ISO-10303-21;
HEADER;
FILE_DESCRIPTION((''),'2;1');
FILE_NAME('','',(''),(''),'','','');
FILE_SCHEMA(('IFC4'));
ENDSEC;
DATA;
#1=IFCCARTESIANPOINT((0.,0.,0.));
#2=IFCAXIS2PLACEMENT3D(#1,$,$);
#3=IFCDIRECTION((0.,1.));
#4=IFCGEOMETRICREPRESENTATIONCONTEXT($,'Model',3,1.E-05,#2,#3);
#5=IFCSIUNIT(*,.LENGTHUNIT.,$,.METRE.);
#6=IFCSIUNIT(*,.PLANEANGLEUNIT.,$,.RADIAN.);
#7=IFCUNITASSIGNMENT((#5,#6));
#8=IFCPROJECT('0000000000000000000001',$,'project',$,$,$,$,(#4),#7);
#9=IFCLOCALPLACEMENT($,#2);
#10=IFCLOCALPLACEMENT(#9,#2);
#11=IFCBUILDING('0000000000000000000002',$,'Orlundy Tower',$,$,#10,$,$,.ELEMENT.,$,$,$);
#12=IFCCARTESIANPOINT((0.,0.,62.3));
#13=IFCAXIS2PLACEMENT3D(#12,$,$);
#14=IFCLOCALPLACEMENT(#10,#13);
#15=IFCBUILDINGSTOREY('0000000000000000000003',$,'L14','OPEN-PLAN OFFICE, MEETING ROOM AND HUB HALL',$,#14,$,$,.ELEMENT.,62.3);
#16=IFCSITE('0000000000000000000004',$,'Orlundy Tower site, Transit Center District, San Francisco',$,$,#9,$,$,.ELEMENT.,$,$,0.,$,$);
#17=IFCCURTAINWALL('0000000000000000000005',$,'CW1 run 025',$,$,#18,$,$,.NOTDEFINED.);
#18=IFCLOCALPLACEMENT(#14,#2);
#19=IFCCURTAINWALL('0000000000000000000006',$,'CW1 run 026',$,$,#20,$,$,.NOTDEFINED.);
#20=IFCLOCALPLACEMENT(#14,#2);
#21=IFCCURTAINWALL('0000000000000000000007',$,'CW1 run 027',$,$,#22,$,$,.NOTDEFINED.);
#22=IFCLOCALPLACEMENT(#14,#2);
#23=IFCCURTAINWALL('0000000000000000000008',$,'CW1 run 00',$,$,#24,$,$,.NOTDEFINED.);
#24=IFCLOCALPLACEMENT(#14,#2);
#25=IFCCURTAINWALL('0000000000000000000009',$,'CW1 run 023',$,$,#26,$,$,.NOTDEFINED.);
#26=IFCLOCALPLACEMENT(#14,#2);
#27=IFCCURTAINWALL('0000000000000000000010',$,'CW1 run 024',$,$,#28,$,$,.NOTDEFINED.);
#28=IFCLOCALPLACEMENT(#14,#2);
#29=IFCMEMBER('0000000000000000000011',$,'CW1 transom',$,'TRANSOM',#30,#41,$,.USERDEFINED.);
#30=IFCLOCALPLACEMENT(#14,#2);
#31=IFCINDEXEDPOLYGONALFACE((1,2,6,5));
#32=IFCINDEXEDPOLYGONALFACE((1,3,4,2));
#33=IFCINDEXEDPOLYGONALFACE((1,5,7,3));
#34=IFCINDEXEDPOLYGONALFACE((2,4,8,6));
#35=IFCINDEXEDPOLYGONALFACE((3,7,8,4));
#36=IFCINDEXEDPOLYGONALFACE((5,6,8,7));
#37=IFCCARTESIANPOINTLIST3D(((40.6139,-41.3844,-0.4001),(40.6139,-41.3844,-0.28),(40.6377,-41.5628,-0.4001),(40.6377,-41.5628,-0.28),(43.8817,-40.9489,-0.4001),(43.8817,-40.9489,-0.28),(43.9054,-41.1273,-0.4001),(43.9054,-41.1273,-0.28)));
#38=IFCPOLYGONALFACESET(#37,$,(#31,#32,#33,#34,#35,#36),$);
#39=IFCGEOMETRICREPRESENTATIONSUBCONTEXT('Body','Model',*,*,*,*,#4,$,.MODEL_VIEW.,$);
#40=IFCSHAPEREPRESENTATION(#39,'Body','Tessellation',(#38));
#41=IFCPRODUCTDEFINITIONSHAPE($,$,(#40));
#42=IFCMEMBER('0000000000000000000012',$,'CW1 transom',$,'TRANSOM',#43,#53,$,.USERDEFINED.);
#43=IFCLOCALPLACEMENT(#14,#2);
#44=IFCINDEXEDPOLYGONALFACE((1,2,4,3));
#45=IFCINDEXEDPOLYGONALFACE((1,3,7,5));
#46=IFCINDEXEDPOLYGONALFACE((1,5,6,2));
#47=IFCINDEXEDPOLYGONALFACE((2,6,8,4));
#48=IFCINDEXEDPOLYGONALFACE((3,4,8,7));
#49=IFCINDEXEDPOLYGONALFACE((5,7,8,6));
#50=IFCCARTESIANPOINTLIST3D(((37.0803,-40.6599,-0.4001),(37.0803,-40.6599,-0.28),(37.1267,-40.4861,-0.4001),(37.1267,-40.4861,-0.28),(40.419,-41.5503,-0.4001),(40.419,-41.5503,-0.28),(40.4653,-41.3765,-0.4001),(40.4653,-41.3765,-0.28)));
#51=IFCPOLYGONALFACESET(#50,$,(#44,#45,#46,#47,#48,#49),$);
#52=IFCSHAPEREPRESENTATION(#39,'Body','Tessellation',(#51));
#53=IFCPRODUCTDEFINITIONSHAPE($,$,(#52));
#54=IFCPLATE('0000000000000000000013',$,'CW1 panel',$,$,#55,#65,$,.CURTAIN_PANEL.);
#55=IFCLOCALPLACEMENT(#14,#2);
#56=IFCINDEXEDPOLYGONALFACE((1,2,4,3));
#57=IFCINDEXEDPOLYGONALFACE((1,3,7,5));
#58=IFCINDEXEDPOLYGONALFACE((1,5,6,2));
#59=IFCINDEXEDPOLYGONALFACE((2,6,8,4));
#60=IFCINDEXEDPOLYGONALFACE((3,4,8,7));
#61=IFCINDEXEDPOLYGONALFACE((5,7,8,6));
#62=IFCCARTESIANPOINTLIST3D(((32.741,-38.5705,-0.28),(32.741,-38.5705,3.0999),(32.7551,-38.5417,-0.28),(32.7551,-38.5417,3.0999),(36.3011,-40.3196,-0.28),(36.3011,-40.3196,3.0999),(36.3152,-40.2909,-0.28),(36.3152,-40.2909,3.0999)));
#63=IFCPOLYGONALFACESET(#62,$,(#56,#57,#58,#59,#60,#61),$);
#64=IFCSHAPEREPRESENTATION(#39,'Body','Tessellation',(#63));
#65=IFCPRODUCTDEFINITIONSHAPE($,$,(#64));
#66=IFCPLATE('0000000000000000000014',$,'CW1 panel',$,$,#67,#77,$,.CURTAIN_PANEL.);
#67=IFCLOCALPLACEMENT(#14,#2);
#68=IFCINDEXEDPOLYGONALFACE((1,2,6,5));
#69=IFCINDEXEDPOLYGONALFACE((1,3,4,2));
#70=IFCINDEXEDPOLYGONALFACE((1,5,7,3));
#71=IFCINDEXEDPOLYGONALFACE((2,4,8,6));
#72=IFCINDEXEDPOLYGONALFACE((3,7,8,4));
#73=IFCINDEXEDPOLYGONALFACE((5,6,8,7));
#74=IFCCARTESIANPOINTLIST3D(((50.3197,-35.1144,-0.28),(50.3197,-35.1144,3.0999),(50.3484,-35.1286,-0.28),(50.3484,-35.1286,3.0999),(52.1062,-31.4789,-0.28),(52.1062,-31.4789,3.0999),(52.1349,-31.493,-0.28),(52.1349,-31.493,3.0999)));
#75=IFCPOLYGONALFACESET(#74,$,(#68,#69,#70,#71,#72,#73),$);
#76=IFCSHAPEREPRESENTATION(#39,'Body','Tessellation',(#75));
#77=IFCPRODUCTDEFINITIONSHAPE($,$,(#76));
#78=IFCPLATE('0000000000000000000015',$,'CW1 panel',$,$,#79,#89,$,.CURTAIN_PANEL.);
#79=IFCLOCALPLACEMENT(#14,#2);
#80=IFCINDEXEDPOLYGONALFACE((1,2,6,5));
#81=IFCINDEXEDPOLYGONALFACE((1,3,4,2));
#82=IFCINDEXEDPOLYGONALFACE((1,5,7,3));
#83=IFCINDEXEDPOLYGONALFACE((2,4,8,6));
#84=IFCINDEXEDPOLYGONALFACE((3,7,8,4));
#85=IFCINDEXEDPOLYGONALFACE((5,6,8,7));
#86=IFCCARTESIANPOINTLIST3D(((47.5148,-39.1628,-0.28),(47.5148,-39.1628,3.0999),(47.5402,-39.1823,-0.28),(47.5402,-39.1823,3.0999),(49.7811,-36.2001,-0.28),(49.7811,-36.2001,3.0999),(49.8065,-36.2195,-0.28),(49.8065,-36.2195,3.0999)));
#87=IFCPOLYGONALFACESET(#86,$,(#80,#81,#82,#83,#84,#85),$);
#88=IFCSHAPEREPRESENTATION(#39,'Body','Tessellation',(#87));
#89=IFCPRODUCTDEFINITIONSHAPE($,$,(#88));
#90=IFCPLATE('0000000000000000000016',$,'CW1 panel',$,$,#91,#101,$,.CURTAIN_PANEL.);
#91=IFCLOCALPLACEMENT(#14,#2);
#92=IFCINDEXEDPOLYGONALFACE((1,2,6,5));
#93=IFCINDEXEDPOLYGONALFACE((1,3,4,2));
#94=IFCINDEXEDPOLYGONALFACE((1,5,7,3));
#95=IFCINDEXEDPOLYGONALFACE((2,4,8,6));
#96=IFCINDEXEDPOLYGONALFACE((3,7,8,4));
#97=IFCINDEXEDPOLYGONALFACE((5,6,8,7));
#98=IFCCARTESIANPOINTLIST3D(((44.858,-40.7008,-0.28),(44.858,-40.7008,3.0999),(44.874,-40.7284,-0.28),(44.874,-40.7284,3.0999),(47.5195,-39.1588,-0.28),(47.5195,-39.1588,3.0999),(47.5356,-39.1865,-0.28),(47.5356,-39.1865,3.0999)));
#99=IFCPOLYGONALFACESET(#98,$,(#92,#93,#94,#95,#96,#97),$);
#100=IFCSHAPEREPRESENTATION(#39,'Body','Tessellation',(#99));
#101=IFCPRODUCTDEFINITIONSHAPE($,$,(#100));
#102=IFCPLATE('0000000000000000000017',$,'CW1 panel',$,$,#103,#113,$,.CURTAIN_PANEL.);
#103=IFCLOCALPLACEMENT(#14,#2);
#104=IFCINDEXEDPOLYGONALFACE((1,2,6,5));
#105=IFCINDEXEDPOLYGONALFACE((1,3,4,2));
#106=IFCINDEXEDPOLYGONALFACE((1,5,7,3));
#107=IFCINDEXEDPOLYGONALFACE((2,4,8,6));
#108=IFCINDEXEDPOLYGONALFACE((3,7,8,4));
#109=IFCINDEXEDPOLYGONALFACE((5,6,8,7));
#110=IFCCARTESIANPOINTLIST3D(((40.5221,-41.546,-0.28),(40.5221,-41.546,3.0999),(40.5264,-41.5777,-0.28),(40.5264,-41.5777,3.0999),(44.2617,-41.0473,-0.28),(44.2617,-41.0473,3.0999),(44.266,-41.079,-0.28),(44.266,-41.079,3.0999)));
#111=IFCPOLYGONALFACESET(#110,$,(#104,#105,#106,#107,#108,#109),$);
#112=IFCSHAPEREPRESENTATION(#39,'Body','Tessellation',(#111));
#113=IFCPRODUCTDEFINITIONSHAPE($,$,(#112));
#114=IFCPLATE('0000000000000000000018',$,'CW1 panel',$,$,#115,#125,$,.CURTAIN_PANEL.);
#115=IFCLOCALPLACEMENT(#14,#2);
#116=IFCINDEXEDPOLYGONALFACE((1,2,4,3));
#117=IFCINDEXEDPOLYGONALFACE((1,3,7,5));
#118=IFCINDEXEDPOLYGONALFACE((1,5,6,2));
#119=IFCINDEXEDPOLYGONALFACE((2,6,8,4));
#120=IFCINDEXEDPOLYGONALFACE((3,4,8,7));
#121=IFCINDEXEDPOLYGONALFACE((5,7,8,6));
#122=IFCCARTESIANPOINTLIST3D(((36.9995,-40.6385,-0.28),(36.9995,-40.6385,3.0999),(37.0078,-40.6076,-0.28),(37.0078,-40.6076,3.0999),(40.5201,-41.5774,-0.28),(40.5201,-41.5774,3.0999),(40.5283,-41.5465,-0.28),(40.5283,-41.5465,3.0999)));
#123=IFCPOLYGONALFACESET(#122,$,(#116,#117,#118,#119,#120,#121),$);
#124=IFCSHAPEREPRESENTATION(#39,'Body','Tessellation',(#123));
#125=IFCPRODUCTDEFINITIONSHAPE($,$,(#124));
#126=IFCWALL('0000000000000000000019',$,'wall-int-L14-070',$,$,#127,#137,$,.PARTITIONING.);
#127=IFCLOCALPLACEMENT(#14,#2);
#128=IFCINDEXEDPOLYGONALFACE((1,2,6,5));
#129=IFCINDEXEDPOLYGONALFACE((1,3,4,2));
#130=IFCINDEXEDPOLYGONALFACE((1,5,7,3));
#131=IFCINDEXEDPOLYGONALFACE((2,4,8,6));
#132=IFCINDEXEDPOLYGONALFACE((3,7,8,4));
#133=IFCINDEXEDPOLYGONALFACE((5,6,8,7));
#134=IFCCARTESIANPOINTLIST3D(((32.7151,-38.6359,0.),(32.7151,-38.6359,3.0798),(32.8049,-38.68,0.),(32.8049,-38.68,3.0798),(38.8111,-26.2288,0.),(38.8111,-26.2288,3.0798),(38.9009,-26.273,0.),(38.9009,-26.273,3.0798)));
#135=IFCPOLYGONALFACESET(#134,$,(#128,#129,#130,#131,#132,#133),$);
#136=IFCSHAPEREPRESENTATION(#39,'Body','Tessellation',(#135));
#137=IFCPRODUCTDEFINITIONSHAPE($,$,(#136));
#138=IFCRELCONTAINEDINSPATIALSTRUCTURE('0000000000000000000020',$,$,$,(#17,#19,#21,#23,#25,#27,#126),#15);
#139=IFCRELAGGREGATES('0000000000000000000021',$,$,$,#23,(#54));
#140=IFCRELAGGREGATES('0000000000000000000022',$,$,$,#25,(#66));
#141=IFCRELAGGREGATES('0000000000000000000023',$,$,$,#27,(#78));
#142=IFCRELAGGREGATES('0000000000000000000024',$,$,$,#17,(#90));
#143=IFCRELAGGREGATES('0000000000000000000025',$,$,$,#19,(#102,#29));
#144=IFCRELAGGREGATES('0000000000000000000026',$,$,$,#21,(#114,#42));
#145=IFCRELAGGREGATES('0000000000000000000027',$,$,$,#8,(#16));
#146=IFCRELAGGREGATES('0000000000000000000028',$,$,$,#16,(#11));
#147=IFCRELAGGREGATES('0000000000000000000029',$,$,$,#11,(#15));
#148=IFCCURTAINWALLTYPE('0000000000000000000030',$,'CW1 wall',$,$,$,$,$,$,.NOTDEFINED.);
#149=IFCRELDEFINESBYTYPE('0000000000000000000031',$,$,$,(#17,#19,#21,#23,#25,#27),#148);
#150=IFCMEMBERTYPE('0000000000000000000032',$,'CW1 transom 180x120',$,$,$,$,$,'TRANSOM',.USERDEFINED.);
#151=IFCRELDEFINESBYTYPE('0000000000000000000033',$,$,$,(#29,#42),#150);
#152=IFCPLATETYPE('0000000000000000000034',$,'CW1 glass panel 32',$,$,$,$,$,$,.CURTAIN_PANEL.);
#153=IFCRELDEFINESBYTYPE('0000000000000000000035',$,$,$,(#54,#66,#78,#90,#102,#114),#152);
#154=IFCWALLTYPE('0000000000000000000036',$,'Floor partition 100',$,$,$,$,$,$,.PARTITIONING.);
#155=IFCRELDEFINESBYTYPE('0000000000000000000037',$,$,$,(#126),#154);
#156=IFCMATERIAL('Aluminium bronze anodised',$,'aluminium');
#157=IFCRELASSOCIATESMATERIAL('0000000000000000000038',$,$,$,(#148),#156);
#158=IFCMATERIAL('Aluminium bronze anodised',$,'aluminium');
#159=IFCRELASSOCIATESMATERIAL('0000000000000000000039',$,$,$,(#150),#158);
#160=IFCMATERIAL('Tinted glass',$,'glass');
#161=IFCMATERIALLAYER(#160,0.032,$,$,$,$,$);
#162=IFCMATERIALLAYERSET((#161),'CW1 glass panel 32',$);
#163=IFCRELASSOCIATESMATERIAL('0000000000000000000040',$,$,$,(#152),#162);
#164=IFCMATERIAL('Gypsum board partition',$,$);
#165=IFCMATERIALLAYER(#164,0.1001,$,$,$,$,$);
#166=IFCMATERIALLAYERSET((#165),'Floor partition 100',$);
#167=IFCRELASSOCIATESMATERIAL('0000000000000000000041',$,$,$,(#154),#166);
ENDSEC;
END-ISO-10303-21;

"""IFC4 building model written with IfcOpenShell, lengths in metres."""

from ifc_helpers import new_model, si_unit, direction, frame, frame_2d, origin, origin_2d, place, context, subcontext, project, spatial, rectangle, extrude, material, layer, layer_set, material_profile, profile_set, type_object, element, aggregate, save


model = new_model("IFC4")

# Units and contexts
model_context = context("Model", 3, precision=1e-05, world=origin(), true_north=direction((0.0, 1.0)))
body_context = subcontext(model_context, "Body", "Model", "MODEL_VIEW")
ifc_project = project(units=[si_unit("LENGTHUNIT", "METRE"), si_unit("PLANEANGLEUNIT", "RADIAN")], contexts=[model_context])

# Site, building, storey
site_placement = place(None, origin())
site = spatial("IfcSite", under=ifc_project, at=site_placement, Name="Orlundy Tower site, Transit Center District, San Francisco", CompositionType="ELEMENT", RefElevation=0.0)
building_placement = place(site_placement, origin())
building = spatial("IfcBuilding", under=site, at=building_placement, Name="Orlundy Tower", CompositionType="ELEMENT")
storey_placement = place(building_placement, frame((0.0, 0.0, 62.3)))
storey = spatial("IfcBuildingStorey", under=building, at=storey_placement, Name="L14", Description="OPEN-PLAN OFFICE, MEETING ROOM AND HUB HALL", CompositionType="ELEMENT", Elevation=62.3)

# Curtain walls
ifc_material_1 = material(Name="Aluminium bronze anodised", Category="aluminium")
curtain_wall_type = type_object("IfcCurtainWallType", Name="CW1 wall", PredefinedType="NOTDEFINED", material=ifc_material_1)
curtain_wall_1_placement = place(storey_placement, origin())
curtain_wall_1 = element("IfcCurtainWall", 1, at=curtain_wall_1_placement, inside=storey, type_object=curtain_wall_type, Name="CW1 run 025", PredefinedType="NOTDEFINED")
curtain_wall_2_placement = place(storey_placement, origin())
curtain_wall_2 = element("IfcCurtainWall", 2, at=curtain_wall_2_placement, inside=storey, type_object=curtain_wall_type, Name="CW1 run 026", PredefinedType="NOTDEFINED")
curtain_wall_3_placement = place(storey_placement, origin())
curtain_wall_3 = element("IfcCurtainWall", 3, at=curtain_wall_3_placement, inside=storey, type_object=curtain_wall_type, Name="CW1 run 027", PredefinedType="NOTDEFINED")

# Curtain wall
curtain_wall_4_placement = place(storey_placement, origin())
curtain_wall_4 = element("IfcCurtainWall", 4, at=curtain_wall_4_placement, inside=storey, type_object=curtain_wall_type, Name="CW1 run 00", PredefinedType="NOTDEFINED")

# Curtain walls
curtain_wall_5_placement = place(storey_placement, origin())
curtain_wall_5 = element("IfcCurtainWall", 5, at=curtain_wall_5_placement, inside=storey, type_object=curtain_wall_type, Name="CW1 run 023", PredefinedType="NOTDEFINED")
curtain_wall_6_placement = place(storey_placement, origin())
curtain_wall_6 = element("IfcCurtainWall", 6, at=curtain_wall_6_placement, inside=storey, type_object=curtain_wall_type, Name="CW1 run 024", PredefinedType="NOTDEFINED")

# Members
ifc_material_2 = material(Name="Aluminium bronze anodised", Category="aluminium")
ifc_material_profile_1 = material_profile(ifc_material_2, rectangle(XDim=0.1799, YDim=0.1201, at=origin_2d()), Name="CW1 transom 180x120")
ifc_profile_set_1 = profile_set([ifc_material_profile_1], Name="Aluminium bronze anodised")
member_type_1 = type_object("IfcMemberType", Name="CW1 transom 180x120", ElementType="TRANSOM", PredefinedType="USERDEFINED", material=ifc_profile_set_1)
member_1_placement = place(storey_placement, frame((43.8936, -41.0381, -0.3401), z_axis=(-0.991234, -0.132115, 0.0), x_axis=(0.132115, -0.991234, 0.0)))
member_1 = element("IfcMember", 7, at=member_1_placement, type_object=member_type_1, Name="CW1 transom", ObjectType="TRANSOM", PredefinedType="USERDEFINED", context=body_context, shape_type="SweptSolid", body=[
    extrude(rectangle(XDim=0.1799, YDim=0.1201, at=origin_2d()), origin(), (0.0, 0.0, 1.0), 3.2966),
])
member_2_placement = place(storey_placement, frame((40.4421, -41.4634, -0.3401), z_axis=(-0.966229, 0.257685, 0.0), x_axis=(-0.257685, -0.966229, 0.0)))
member_2 = element("IfcMember", 8, at=member_2_placement, type_object=member_type_1, Name="CW1 transom", ObjectType="TRANSOM", PredefinedType="USERDEFINED", context=body_context, shape_type="SweptSolid", body=[
    extrude(rectangle(XDim=0.1799, YDim=0.1201, at=origin_2d()), origin(), (0.0, 0.0, 1.0), 3.4553),
])

# Plates
ifc_material_3 = material(Name="Tinted glass", Category="glass")
ifc_layer_1 = layer(ifc_material_3, 0.032)
ifc_layer_set_1 = layer_set([ifc_layer_1], Name="CW1 glass panel 32")
plate_type = type_object("IfcPlateType", Name="CW1 glass panel 32", PredefinedType="CURTAIN_PANEL", material=ifc_layer_set_1)
plate_1_placement = place(storey_placement, frame((34.5281, -39.4307, -0.28), z_axis=(0.0, 0.0, 1.0), x_axis=(-0.897522, 0.440969, 0.0)))
plate_1 = element("IfcPlate", 9, at=plate_1_placement, type_object=plate_type, Name="CW1 panel", PredefinedType="CURTAIN_PANEL", context=body_context, shape_type="SweptSolid", body=[
    extrude(rectangle(XDim=3.9666, YDim=0.032, at=origin_2d()), origin(), (0.0, 0.0, 1.0), 3.3799),
])
aggregate(curtain_wall_4, [plate_1])
plate_2_placement = place(storey_placement, frame((51.2273, -33.3037, -0.28), z_axis=(0.0, 0.0, 1.0), x_axis=(-0.441012, -0.897501, 0.0)))
plate_2 = element("IfcPlate", 10, at=plate_2_placement, type_object=plate_type, Name="CW1 panel", PredefinedType="CURTAIN_PANEL", context=body_context, shape_type="SweptSolid", body=[
    extrude(rectangle(XDim=4.0508, YDim=0.032, at=origin_2d()), origin(), (0.0, 0.0, 1.0), 3.3799),
])
aggregate(curtain_wall_5, [plate_2])
plate_3_placement = place(storey_placement, frame((48.6606, -37.6912, -0.28), z_axis=(0.0, 0.0, 1.0), x_axis=(-0.60757, -0.794266, 0.0)))
plate_3 = element("IfcPlate", 11, at=plate_3_placement, type_object=plate_type, Name="CW1 panel", PredefinedType="CURTAIN_PANEL", context=body_context, shape_type="SweptSolid", body=[
    extrude(rectangle(XDim=3.7302, YDim=0.032, at=origin_2d()), origin(), (0.0, 0.0, 1.0), 3.3799),
])
aggregate(curtain_wall_6, [plate_3])
plate_4_placement = place(storey_placement, frame((46.1968, -39.9436, -0.28), z_axis=(0.0, 0.0, 1.0), x_axis=(-0.865272, -0.501302, 0.0)))
plate_4 = element("IfcPlate", 12, at=plate_4_placement, type_object=plate_type, Name="CW1 panel", PredefinedType="CURTAIN_PANEL", context=body_context, shape_type="SweptSolid", body=[
    extrude(rectangle(XDim=3.0759, YDim=0.032, at=origin_2d()), origin(), (0.0, 0.0, 1.0), 3.3799),
])
aggregate(curtain_wall_1, [plate_4])
plate_5_placement = place(storey_placement, frame((42.394, -41.3125, -0.28), z_axis=(0.0, 0.0, 1.0), x_axis=(-0.991228, -0.132164, 0.0)))
plate_5 = element("IfcPlate", 13, at=plate_5_placement, type_object=plate_type, Name="CW1 panel", PredefinedType="CURTAIN_PANEL", context=body_context, shape_type="SweptSolid", body=[
    extrude(rectangle(XDim=3.7727, YDim=0.032, at=origin_2d()), origin(), (0.0, 0.0, 1.0), 3.3799),
])
aggregate(curtain_wall_2, [plate_5, member_1])
plate_6_placement = place(storey_placement, frame((38.7639, -41.0925, -0.28), z_axis=(0.0, 0.0, 1.0), x_axis=(-0.96623, 0.257679, 0.0)))
plate_6 = element("IfcPlate", 14, at=plate_6_placement, type_object=plate_type, Name="CW1 panel", PredefinedType="CURTAIN_PANEL", context=body_context, shape_type="SweptSolid", body=[
    extrude(rectangle(XDim=3.6436, YDim=0.032, at=origin_2d()), origin(), (0.0, 0.0, 1.0), 3.3799),
])
aggregate(curtain_wall_3, [plate_6, member_2])

# Wall
ifc_material_4 = material(Name="Gypsum board partition")
ifc_layer_2 = layer(ifc_material_4, 0.1001)
ifc_layer_set_2 = layer_set([ifc_layer_2], Name="Floor partition 100")
wall_type_1 = type_object("IfcWallType", Name="Floor partition 100", PredefinedType="PARTITIONING", material=ifc_layer_set_2)
wall_1_placement = place(storey_placement, frame((32.76, -38.658, 0.0), z_axis=(0.0, 0.0, 1.0), x_axis=(0.440979, 0.897517, 0.0)))
element("IfcWall", 15, at=wall_1_placement, inside=storey, type_object=wall_type_1, Name="wall-int-L14-070", PredefinedType="PARTITIONING", context=body_context, shape_type="SweptSolid", body=[
    extrude(rectangle(XDim=13.8237, YDim=0.1001, at=frame_2d((6.9119, 0.0))), origin(), (0.0, 0.0, 1.0), 3.0798),
])

save(model, "model.ifc")
